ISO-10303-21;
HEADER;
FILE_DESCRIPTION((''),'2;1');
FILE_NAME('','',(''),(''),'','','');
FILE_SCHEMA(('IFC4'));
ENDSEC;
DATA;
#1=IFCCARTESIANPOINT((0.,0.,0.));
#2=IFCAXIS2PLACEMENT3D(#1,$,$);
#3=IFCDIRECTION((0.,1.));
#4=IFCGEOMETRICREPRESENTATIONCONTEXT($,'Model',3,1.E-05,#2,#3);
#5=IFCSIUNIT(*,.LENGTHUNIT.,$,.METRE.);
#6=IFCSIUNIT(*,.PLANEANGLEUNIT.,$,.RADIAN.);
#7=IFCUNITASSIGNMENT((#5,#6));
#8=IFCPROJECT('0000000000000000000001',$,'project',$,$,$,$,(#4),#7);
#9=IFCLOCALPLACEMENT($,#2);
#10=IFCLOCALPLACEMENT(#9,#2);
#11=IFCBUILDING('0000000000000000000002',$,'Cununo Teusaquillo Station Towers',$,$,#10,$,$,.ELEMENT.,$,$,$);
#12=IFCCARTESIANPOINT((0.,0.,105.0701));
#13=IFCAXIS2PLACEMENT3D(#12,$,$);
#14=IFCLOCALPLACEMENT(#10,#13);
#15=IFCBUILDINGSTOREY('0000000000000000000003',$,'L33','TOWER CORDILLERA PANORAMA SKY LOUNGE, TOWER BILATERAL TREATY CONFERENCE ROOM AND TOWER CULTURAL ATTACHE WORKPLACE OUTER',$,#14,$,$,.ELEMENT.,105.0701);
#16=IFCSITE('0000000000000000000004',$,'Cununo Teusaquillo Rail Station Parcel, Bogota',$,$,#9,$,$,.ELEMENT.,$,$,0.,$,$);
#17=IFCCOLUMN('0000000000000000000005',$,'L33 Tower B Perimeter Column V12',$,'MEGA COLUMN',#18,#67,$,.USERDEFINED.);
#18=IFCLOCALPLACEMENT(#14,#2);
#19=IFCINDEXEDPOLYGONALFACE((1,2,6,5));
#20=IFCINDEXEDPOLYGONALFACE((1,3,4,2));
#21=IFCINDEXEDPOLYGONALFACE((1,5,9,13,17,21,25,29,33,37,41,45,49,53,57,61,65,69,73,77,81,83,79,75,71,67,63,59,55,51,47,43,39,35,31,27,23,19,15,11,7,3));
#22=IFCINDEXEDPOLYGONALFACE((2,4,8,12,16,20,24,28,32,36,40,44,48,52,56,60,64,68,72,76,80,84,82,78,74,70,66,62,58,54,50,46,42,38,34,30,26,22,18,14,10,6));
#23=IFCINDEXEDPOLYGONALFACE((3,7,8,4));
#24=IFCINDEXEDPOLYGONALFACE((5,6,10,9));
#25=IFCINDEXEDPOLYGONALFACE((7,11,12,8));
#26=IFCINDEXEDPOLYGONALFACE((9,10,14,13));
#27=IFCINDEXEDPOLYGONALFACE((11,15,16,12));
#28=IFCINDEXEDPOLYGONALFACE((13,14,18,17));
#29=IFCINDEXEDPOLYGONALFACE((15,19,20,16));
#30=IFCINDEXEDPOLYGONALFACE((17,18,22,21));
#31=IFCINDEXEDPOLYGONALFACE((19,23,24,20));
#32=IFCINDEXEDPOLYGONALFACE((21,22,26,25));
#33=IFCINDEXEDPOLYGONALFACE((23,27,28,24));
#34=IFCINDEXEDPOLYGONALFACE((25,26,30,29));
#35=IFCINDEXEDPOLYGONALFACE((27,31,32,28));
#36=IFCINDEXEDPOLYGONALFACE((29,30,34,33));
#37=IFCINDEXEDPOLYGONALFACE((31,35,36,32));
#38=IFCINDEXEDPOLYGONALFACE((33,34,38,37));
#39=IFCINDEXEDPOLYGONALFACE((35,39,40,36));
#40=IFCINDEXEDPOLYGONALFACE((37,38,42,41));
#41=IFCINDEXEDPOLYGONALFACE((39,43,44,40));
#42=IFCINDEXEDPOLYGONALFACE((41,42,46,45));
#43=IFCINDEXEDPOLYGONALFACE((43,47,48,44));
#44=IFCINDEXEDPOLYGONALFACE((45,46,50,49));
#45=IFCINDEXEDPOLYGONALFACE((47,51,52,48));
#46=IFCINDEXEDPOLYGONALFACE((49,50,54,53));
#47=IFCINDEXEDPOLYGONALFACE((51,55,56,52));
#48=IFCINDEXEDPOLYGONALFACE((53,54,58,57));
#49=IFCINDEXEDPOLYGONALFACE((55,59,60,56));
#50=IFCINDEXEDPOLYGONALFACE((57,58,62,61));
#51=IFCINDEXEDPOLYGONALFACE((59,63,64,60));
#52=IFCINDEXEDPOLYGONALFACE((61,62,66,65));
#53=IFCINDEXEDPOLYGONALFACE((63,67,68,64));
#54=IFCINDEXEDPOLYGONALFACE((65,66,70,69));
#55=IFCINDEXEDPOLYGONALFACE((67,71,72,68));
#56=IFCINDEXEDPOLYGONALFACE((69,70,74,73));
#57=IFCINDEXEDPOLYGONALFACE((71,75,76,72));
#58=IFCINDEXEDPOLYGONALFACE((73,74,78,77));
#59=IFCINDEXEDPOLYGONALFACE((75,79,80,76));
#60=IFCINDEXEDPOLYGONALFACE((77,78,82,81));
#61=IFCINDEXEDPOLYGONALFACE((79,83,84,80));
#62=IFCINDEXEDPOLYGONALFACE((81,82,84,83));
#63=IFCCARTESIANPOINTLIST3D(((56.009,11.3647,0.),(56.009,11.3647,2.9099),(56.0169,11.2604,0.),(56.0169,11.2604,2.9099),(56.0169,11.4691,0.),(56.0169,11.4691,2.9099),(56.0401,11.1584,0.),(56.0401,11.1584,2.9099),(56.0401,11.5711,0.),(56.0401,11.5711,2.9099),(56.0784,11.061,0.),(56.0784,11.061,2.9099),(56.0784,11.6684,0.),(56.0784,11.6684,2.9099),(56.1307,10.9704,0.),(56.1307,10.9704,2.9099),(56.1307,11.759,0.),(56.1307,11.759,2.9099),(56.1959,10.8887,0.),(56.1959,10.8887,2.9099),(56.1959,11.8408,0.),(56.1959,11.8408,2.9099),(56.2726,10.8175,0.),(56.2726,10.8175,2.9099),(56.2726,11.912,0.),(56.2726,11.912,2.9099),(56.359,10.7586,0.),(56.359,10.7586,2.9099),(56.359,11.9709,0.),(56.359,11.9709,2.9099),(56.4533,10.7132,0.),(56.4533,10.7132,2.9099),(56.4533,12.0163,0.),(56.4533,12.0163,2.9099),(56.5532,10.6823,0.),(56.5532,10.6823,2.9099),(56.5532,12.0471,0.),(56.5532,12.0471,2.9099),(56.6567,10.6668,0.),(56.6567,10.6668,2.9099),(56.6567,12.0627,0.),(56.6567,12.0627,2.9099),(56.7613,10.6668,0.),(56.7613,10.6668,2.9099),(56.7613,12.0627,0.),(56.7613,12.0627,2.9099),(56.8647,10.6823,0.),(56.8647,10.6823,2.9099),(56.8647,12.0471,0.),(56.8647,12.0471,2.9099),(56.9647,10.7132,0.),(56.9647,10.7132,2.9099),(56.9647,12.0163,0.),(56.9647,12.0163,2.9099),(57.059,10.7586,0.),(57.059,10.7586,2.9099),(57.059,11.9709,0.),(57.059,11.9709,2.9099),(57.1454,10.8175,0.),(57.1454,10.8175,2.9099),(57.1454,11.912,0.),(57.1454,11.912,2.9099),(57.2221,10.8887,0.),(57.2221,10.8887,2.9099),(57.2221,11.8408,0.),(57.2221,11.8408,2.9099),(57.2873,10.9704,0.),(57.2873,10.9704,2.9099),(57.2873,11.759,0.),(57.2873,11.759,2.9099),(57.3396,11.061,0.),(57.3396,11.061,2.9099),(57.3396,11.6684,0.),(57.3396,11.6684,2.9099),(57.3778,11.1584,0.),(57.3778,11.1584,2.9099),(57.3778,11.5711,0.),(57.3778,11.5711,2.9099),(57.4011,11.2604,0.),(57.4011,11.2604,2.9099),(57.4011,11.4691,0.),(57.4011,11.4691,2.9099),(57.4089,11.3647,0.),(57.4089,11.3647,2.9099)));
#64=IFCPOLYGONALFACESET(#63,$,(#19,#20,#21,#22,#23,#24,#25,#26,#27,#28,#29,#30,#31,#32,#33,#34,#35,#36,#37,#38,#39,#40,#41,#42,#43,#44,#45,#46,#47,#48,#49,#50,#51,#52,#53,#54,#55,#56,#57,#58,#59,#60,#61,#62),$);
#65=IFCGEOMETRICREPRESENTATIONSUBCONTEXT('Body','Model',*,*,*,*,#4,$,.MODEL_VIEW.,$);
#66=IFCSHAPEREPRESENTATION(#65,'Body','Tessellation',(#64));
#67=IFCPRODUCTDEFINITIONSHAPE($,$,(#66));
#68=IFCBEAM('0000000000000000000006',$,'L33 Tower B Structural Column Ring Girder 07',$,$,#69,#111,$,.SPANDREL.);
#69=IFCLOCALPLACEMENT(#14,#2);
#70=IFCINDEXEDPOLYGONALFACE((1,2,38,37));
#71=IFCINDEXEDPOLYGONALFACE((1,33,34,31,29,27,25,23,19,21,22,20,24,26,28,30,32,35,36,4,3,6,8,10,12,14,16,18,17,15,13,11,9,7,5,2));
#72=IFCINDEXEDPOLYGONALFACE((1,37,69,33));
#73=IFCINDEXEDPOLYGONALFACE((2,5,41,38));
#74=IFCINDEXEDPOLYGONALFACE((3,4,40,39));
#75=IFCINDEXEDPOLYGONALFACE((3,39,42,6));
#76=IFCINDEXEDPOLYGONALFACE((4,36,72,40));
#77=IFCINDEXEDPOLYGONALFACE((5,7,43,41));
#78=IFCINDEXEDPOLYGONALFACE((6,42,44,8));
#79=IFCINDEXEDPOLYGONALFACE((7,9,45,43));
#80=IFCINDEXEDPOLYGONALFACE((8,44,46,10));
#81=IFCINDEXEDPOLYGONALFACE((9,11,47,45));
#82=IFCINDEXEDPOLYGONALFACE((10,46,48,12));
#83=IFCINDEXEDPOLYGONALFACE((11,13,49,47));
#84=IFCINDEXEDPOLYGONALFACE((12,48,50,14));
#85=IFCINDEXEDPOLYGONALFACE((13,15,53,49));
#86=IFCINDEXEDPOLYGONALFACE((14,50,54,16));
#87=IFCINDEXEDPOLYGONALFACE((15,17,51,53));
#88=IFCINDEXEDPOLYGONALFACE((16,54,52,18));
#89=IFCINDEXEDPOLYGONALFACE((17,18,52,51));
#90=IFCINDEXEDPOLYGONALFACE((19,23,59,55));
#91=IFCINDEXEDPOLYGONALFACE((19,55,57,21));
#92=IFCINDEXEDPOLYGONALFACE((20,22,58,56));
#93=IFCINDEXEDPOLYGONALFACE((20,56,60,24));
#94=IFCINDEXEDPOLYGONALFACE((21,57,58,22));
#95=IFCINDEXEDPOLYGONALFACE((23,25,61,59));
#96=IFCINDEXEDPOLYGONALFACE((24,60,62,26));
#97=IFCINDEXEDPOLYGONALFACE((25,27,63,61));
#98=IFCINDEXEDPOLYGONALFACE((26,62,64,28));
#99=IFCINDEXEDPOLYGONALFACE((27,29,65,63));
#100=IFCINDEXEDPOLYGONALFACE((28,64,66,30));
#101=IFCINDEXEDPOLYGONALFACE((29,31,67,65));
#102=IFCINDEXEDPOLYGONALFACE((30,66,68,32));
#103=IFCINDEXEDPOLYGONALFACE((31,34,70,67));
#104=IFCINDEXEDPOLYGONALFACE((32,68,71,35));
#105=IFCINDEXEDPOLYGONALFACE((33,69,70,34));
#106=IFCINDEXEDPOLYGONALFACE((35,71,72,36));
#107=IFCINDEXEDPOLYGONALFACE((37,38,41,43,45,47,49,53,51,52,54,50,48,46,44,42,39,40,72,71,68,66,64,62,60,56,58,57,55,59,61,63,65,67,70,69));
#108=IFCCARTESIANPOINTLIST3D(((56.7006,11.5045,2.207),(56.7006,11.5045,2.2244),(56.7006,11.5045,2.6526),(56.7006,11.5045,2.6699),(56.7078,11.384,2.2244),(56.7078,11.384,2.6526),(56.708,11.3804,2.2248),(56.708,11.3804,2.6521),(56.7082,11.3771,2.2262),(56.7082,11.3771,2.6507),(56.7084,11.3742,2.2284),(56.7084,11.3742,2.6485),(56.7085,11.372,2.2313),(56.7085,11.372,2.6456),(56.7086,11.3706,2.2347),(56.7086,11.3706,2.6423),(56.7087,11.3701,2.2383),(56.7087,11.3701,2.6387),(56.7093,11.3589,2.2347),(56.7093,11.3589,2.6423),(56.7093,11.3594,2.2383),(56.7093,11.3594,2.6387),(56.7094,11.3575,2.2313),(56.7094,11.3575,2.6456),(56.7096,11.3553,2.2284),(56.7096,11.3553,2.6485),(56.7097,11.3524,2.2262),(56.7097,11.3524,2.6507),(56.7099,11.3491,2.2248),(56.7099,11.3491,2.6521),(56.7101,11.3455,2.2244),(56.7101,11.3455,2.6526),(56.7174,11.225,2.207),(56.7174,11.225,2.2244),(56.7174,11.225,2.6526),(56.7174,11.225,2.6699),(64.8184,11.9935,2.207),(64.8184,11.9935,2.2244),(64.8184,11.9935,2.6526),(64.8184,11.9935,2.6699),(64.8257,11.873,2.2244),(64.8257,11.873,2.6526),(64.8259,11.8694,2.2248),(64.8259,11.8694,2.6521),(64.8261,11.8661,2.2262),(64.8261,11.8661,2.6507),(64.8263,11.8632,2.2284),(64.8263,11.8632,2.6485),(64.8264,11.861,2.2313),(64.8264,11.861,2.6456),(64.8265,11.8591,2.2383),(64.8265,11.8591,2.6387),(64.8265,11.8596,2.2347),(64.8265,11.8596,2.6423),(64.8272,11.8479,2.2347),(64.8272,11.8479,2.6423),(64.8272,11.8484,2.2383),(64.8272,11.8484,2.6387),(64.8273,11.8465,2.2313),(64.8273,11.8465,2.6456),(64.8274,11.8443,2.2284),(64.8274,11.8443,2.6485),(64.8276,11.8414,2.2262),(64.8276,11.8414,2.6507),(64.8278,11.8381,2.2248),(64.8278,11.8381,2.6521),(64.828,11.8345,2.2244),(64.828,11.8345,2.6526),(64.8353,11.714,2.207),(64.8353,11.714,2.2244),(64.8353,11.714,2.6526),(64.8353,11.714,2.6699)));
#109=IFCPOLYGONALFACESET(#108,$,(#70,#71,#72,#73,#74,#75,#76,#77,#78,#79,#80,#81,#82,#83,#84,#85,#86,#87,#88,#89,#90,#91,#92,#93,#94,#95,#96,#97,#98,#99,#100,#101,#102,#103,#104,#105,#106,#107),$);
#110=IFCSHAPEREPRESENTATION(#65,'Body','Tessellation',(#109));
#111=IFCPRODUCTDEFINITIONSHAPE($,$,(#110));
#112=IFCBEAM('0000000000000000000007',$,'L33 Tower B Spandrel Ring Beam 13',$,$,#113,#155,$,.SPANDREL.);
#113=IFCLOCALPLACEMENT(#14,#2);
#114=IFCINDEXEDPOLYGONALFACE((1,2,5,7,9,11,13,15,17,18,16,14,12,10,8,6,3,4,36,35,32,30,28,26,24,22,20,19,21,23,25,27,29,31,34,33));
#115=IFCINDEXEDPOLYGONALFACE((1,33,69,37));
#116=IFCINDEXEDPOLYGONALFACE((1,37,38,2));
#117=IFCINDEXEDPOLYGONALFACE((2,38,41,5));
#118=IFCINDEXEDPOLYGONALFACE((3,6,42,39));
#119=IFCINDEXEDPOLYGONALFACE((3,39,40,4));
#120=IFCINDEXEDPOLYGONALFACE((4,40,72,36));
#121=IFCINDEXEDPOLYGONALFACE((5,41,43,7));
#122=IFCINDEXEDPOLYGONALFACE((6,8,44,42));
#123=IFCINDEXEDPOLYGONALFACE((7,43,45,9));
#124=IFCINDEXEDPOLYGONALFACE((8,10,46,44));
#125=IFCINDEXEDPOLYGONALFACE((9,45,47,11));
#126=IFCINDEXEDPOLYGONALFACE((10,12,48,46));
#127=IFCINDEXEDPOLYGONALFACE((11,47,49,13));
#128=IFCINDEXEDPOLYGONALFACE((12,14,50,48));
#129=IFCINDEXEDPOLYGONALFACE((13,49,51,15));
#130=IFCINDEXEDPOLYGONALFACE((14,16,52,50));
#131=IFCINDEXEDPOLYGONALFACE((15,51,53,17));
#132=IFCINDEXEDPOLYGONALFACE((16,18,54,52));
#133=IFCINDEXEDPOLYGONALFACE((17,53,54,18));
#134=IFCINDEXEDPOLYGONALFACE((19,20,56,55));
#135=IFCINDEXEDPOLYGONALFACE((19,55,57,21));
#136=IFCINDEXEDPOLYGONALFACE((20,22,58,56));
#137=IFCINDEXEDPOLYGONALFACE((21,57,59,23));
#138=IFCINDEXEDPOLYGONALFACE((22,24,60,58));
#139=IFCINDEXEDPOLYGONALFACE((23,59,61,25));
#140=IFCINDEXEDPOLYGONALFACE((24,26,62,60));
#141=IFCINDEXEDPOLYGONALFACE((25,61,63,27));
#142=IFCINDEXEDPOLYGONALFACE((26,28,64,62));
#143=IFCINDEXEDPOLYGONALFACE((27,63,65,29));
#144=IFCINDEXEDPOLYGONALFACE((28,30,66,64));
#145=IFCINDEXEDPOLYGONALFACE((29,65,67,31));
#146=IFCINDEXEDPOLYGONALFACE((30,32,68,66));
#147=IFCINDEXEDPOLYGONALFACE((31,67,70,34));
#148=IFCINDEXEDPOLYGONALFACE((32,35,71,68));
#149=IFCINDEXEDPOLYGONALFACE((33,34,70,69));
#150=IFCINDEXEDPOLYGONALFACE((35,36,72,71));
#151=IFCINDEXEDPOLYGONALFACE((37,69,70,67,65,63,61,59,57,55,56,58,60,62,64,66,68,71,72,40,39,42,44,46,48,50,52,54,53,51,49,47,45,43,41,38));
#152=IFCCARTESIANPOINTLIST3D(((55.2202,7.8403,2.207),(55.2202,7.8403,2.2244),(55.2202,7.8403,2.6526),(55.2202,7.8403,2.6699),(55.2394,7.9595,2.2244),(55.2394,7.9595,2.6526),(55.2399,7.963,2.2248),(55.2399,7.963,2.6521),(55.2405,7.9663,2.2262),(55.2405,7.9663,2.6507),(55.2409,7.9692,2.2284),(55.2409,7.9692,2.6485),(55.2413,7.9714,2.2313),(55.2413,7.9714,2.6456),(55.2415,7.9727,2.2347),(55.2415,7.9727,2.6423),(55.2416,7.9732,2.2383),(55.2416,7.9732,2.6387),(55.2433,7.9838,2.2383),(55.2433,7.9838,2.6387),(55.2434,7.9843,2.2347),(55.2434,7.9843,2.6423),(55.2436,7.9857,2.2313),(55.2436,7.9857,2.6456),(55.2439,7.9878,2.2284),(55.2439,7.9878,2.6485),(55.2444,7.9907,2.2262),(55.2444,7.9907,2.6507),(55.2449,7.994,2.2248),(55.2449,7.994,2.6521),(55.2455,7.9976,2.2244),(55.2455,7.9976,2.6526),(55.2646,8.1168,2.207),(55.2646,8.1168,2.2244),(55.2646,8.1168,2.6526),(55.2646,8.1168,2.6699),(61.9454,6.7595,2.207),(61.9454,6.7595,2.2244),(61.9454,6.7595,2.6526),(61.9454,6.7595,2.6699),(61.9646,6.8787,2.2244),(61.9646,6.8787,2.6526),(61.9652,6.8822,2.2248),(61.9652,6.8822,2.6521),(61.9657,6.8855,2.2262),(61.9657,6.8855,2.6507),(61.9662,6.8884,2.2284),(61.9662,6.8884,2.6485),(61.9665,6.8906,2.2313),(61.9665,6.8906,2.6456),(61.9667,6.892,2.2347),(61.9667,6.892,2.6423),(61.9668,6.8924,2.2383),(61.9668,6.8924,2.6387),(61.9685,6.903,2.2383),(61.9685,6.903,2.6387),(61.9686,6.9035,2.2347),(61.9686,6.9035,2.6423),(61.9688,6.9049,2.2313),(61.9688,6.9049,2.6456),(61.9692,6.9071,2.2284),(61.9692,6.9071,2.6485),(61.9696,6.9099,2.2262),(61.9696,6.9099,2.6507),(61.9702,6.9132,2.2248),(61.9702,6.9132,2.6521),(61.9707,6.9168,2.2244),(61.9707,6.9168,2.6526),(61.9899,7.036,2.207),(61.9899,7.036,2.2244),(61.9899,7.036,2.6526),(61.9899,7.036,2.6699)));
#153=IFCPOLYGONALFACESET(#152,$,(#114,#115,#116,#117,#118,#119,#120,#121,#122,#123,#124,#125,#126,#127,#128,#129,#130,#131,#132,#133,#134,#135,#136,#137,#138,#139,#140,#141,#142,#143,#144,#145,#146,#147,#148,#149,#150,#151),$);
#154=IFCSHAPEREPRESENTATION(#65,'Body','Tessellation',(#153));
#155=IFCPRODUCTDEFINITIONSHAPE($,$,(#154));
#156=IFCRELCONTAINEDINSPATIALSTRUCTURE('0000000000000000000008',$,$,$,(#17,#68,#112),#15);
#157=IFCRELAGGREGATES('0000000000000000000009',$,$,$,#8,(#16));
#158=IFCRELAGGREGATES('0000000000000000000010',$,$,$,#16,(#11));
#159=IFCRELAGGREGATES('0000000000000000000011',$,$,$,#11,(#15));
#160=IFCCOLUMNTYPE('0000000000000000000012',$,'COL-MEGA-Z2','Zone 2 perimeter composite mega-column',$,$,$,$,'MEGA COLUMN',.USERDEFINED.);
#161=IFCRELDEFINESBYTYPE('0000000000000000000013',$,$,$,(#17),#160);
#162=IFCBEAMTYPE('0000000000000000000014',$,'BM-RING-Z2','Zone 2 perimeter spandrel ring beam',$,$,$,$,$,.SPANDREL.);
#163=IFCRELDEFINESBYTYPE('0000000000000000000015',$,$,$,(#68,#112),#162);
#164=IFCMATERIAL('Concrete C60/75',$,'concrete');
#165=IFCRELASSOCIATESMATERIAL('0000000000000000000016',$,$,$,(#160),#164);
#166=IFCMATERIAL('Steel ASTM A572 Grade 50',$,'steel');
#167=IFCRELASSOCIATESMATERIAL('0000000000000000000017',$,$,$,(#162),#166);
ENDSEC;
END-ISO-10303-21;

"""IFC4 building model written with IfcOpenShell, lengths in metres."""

from ifc_helpers import new_model, si_unit, direction, frame, origin, origin_2d, place, context, subcontext, project, spatial, circle, i_section, extrude, material, material_profile, profile_set, type_object, element, save


model = new_model("IFC4")

# Units and contexts
model_context = context("Model", 3, precision=1e-05, world=origin(), true_north=direction((0.0, 1.0)))
body_context = subcontext(model_context, "Body", "Model", "MODEL_VIEW")
ifc_project = project(units=[si_unit("LENGTHUNIT", "METRE"), si_unit("PLANEANGLEUNIT", "RADIAN")], contexts=[model_context])

# Site, building, storey
site_placement = place(None, origin())
site = spatial("IfcSite", under=ifc_project, at=site_placement, Name="Cununo Teusaquillo Rail Station Parcel, Bogota", CompositionType="ELEMENT", RefElevation=0.0)
building_placement = place(site_placement, origin())
building = spatial("IfcBuilding", under=site, at=building_placement, Name="Cununo Teusaquillo Station Towers", CompositionType="ELEMENT")
storey_placement = place(building_placement, frame((0.0, 0.0, 105.0701)))
storey = spatial("IfcBuildingStorey", under=building, at=storey_placement, Name="L33", Description="TOWER CORDILLERA PANORAMA SKY LOUNGE, TOWER BILATERAL TREATY CONFERENCE ROOM AND TOWER CULTURAL ATTACHE WORKPLACE OUTER", CompositionType="ELEMENT", Elevation=105.0701)

# Column
ifc_material_1 = material(Name="Concrete C60/75", Category="concrete")
ifc_material_profile_1 = material_profile(ifc_material_1, circle(Radius=0.7, at=origin_2d()), Name="RC-CIRC-1400")
ifc_profile_set_1 = profile_set([ifc_material_profile_1], Name="Concrete C60/75")
column_type = type_object("IfcColumnType", Name="COL-MEGA-Z2", Description="Zone 2 perimeter composite mega-column", ElementType="MEGA COLUMN", PredefinedType="USERDEFINED", material=ifc_profile_set_1)
column_placement = place(storey_placement, frame((56.709, 11.3647, 0.0), z_axis=(0.0, 0.0, 1.0), x_axis=(1.0, 0.0, 0.0)))
element("IfcColumn", 1, at=column_placement, inside=storey, type_object=column_type, Name="L33 Tower B Perimeter Column V12", ObjectType="MEGA COLUMN", PredefinedType="USERDEFINED", context=body_context, shape_type="SweptSolid", body=[
    extrude(circle(Radius=0.7, at=origin_2d()), origin(), (0.0, 0.0, 1.0), 2.9099),
])

# Beams
ifc_material_2 = material(Name="Steel ASTM A572 Grade 50", Category="steel")
ifc_material_profile_2 = material_profile(ifc_material_2, i_section(OverallWidth=0.28, OverallDepth=0.4629, WebThickness=0.0107, FlangeThickness=0.0173, FilletRadius=0.0139, at=origin_2d()), Name="W18X76")
ifc_profile_set_2 = profile_set([ifc_material_profile_2], Name="Steel ASTM A572 Grade 50")
beam_type = type_object("IfcBeamType", Name="BM-RING-Z2", Description="Zone 2 perimeter spandrel ring beam", PredefinedType="SPANDREL", material=ifc_profile_set_2)
beam_1_placement = place(storey_placement, frame((56.709, 11.3647, 2.4385), z_axis=(0.998191, 0.06013, 0.0), x_axis=(-0.06013, 0.998191, 0.0)))
element("IfcBeam", 2, at=beam_1_placement, inside=storey, type_object=beam_type, Name="L33 Tower B Structural Column Ring Girder 07", PredefinedType="SPANDREL", context=body_context, shape_type="SweptSolid", body=[
    extrude(i_section(OverallWidth=0.28, OverallDepth=0.4629, WebThickness=0.0107, FlangeThickness=0.0173, FilletRadius=0.0139, at=origin_2d()), origin(), (0.0, 0.0, 1.0), 8.1326),
])
beam_2_placement = place(storey_placement, frame((55.2424, 7.9785, 2.4385), z_axis=(0.987331, -0.158671, 0.0), x_axis=(0.158671, 0.987331, 0.0)))
element("IfcBeam", 3, at=beam_2_placement, inside=storey, type_object=beam_type, Name="L33 Tower B Spandrel Ring Beam 13", PredefinedType="SPANDREL", context=body_context, shape_type="SweptSolid", body=[
    extrude(i_section(OverallWidth=0.28, OverallDepth=0.4629, WebThickness=0.0107, FlangeThickness=0.0173, FilletRadius=0.0139, at=origin_2d()), origin(), (0.0, 0.0, 1.0), 6.8115),
])

save(model, "model.ifc")
